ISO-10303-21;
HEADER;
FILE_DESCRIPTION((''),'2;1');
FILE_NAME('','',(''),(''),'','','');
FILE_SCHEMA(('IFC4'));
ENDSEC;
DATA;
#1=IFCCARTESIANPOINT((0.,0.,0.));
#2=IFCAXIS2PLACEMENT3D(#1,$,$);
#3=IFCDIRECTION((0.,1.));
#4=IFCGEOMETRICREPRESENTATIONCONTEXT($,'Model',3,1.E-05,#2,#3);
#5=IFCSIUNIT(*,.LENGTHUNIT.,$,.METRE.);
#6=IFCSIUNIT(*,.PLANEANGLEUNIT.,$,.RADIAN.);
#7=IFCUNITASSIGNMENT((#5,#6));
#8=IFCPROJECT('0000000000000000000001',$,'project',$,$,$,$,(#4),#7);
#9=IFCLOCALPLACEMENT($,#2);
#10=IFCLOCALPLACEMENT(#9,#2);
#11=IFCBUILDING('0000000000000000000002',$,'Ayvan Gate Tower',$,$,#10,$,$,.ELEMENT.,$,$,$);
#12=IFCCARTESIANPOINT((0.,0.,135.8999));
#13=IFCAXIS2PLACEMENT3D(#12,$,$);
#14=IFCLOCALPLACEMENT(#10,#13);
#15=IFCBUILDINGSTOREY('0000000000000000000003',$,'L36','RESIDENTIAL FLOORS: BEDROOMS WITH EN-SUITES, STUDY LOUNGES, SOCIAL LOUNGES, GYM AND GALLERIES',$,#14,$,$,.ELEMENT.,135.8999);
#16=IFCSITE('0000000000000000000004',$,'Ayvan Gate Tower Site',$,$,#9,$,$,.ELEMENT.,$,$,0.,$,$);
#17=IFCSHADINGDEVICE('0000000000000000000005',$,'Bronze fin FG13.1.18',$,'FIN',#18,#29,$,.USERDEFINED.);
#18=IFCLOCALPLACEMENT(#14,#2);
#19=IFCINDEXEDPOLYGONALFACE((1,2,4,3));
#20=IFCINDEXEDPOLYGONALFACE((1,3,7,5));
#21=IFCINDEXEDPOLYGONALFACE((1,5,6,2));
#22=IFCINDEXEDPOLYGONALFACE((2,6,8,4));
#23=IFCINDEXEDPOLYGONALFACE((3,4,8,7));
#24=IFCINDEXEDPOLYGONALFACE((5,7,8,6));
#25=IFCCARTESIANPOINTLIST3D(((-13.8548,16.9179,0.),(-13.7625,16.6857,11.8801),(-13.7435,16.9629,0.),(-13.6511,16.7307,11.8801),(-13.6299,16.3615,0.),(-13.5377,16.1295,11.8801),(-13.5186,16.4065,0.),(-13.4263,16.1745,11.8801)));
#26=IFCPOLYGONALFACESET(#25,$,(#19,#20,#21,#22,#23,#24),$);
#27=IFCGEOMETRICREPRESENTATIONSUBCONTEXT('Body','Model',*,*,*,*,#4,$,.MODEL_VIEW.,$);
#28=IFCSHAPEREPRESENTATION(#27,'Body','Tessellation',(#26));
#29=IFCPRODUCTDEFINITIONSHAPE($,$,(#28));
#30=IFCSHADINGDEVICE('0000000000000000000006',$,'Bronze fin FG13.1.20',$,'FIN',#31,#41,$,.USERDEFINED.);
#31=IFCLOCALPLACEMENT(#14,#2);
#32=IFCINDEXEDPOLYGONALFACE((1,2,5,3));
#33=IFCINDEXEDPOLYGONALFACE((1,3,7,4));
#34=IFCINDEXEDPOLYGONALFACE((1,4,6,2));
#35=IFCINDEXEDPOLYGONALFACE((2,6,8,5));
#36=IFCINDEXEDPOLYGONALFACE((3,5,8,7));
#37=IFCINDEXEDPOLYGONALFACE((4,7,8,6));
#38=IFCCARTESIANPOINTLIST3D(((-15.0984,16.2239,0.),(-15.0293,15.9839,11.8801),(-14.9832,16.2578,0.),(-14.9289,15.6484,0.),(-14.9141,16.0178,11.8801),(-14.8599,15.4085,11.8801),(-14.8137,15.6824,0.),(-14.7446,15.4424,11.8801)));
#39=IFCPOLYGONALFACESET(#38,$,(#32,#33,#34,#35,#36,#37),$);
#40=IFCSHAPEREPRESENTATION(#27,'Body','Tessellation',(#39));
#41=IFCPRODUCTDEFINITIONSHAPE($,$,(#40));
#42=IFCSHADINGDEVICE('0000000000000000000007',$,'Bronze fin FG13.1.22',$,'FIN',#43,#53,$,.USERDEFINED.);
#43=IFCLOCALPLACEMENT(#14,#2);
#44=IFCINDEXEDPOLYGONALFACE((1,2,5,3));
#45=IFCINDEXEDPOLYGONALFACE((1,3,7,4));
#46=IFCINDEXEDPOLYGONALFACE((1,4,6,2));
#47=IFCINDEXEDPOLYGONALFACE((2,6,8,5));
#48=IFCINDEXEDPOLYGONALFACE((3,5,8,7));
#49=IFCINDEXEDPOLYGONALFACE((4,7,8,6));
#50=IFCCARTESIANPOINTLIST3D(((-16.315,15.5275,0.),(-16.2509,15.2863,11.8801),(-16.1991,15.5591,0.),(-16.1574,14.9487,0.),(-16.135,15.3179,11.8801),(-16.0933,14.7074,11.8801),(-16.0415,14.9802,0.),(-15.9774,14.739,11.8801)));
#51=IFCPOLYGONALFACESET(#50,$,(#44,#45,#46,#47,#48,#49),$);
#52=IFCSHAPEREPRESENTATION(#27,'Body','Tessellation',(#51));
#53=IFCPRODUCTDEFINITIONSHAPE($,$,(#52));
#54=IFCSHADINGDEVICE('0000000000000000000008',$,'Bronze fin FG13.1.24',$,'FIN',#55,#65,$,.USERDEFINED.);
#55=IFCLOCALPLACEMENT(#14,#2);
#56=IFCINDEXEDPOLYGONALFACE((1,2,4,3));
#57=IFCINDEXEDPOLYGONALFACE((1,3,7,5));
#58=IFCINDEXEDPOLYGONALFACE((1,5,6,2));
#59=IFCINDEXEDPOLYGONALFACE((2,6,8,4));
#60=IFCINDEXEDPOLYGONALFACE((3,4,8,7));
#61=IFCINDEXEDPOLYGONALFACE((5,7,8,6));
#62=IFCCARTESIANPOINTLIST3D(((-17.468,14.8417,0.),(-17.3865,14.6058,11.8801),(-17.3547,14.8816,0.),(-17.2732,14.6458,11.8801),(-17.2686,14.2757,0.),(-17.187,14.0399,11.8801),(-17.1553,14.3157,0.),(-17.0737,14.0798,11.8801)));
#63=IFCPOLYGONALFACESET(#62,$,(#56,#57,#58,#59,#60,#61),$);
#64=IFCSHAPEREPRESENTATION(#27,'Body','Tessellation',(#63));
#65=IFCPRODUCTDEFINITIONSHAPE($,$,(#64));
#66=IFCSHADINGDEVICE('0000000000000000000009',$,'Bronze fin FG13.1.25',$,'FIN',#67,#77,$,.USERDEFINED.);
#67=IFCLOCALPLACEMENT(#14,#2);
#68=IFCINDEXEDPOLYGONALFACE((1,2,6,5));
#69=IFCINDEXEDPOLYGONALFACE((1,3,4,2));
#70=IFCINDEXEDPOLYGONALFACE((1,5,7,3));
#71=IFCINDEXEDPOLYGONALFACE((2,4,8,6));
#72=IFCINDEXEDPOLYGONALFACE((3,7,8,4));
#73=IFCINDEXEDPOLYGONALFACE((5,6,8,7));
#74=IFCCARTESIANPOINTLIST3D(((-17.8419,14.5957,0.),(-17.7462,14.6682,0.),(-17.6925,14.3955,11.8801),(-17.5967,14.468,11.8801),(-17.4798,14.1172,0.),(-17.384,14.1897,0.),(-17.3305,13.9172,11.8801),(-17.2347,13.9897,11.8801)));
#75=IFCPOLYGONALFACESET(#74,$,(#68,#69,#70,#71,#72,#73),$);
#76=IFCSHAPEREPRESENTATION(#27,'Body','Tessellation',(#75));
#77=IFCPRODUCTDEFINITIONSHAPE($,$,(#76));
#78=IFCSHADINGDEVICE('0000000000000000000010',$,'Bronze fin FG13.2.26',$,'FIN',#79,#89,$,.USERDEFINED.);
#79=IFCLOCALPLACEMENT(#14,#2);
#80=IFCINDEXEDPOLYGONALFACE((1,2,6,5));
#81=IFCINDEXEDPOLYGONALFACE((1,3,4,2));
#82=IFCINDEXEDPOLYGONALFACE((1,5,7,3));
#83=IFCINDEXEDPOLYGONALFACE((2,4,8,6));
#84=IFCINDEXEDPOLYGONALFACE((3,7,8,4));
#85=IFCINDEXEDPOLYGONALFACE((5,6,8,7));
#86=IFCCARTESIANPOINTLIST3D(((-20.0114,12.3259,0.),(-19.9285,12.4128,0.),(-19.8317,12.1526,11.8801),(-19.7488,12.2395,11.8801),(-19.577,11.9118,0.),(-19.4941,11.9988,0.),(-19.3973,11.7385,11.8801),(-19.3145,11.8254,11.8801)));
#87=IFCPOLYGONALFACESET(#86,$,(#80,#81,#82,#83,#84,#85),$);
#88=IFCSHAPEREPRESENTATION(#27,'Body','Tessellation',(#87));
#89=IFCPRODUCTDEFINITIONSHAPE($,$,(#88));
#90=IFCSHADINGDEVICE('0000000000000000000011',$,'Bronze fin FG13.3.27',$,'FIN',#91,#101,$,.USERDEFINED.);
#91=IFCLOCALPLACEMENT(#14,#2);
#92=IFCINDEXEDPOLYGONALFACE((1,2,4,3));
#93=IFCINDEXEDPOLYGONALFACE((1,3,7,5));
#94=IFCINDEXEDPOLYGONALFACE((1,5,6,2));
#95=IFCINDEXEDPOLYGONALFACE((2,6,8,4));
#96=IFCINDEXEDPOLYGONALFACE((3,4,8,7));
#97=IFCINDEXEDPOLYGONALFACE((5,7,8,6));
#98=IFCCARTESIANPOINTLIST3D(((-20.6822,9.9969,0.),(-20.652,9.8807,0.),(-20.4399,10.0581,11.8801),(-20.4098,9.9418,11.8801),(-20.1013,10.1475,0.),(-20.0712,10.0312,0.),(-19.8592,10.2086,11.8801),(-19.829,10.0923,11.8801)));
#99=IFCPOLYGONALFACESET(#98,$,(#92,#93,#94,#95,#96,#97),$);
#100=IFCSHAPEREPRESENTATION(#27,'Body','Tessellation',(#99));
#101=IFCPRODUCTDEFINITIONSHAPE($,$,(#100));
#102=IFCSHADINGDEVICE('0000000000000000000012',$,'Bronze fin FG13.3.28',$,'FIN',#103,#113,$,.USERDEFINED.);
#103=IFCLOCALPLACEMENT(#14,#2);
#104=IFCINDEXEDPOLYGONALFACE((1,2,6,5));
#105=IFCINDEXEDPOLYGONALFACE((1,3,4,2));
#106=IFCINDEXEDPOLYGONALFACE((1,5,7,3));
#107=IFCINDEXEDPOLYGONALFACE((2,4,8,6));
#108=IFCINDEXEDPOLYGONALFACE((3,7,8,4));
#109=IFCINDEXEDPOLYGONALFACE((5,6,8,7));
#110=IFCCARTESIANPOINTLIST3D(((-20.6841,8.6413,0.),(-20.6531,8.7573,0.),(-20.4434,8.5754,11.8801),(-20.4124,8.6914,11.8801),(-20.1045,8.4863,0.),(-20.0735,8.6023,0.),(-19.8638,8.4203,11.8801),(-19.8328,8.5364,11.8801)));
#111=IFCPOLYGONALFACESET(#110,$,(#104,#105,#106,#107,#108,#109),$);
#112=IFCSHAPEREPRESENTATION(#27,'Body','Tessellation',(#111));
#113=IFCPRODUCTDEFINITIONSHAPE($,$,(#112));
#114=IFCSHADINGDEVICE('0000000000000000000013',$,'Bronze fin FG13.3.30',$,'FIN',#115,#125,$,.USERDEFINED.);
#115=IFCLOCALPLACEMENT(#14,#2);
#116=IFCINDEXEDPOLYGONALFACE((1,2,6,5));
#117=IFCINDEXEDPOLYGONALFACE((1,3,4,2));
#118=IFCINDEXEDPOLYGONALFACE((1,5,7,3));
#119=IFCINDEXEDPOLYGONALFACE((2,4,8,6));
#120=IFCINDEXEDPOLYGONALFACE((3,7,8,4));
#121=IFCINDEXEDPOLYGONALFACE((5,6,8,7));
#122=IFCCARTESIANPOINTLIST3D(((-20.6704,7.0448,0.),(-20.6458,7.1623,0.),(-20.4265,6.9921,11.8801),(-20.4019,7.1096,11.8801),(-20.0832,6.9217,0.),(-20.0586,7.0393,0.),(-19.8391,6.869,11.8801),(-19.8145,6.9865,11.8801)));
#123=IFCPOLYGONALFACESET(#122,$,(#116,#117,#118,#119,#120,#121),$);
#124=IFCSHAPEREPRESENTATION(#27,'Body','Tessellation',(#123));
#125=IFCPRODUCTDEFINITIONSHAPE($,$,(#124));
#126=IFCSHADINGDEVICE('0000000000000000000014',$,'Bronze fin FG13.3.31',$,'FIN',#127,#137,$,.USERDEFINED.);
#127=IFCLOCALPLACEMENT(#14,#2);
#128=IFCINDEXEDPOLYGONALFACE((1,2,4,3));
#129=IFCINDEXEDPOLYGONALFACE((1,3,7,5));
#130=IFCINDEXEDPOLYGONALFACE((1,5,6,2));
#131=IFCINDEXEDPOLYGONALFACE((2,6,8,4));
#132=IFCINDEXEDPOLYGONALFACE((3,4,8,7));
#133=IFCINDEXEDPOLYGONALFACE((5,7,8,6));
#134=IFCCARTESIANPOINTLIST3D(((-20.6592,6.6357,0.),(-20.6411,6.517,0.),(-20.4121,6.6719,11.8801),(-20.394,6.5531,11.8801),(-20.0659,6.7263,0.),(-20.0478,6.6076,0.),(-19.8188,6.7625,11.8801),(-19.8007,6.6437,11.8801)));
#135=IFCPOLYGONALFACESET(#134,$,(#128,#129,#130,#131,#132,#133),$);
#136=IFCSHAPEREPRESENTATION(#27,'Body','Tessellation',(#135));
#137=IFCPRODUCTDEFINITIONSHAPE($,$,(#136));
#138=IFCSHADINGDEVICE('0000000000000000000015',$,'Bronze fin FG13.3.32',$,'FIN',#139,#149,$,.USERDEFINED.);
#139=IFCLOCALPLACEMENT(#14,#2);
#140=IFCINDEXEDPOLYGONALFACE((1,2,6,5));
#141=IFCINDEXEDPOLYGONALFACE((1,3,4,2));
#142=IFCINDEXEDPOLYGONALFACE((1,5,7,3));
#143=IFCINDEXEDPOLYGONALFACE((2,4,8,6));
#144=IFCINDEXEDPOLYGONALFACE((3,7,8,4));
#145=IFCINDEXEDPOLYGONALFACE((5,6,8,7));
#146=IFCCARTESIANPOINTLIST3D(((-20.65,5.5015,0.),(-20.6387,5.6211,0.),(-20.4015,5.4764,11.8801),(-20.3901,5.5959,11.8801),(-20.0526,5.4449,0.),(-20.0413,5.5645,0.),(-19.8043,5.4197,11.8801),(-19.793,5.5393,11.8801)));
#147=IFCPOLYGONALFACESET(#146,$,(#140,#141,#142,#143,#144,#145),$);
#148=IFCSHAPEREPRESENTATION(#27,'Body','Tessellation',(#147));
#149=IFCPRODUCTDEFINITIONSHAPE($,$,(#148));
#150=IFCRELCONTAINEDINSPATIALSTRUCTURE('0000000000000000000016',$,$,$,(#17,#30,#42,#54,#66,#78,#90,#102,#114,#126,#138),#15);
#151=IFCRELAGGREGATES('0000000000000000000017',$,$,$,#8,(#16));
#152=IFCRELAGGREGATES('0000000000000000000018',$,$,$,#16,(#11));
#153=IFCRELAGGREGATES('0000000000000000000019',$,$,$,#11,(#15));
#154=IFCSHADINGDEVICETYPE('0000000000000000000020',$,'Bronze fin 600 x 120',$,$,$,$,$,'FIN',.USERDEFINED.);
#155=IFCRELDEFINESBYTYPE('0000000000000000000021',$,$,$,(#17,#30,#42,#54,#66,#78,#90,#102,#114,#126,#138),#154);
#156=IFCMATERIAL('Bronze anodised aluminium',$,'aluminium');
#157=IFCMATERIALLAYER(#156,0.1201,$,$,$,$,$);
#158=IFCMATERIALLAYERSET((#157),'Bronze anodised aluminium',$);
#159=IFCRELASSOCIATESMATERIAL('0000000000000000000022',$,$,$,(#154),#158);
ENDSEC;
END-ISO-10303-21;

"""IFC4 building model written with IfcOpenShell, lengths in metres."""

from ifc_helpers import new_model, si_unit, direction, frame, origin, place, context, subcontext, project, spatial, polyline, outline, extrude, material, layer, layer_set, type_object, element, save


model = new_model("IFC4")

# Units and contexts
model_context = context("Model", 3, precision=1e-05, world=origin(), true_north=direction((0.0, 1.0)))
body_context = subcontext(model_context, "Body", "Model", "MODEL_VIEW")
ifc_project = project(units=[si_unit("LENGTHUNIT", "METRE"), si_unit("PLANEANGLEUNIT", "RADIAN")], contexts=[model_context])

# Site, building, storey
site_placement = place(None, origin())
site = spatial("IfcSite", under=ifc_project, at=site_placement, Name="Ayvan Gate Tower Site", CompositionType="ELEMENT", RefElevation=0.0)
building_placement = place(site_placement, origin())
building = spatial("IfcBuilding", under=site, at=building_placement, Name="Ayvan Gate Tower", CompositionType="ELEMENT")
storey_placement = place(building_placement, frame((0.0, 0.0, 135.8999)))
storey = spatial("IfcBuildingStorey", under=building, at=storey_placement, Name="L36", Description="RESIDENTIAL FLOORS: BEDROOMS WITH EN-SUITES, STUDY LOUNGES, SOCIAL LOUNGES, GYM AND GALLERIES", CompositionType="ELEMENT", Elevation=135.8999)

# Shared definitions
ifc_material_1 = material(Name="Bronze anodised aluminium", Category="aluminium")

# Shading devices
ifc_layer_1 = layer(ifc_material_1, 0.1201)
ifc_layer_set_1 = layer_set([ifc_layer_1], Name="Bronze anodised aluminium")
shading_device_type = type_object("IfcShadingDeviceType", Name="Bronze fin 600 x 120", ElementType="FIN", PredefinedType="USERDEFINED", material=ifc_layer_set_1)
shading_device_1_placement = place(storey_placement, frame((-13.5186, 16.4065, 0.0), z_axis=(0.927124, 0.374756, 0.000118), x_axis=(-0.374756, 0.927124, 0.0)))
element("IfcShadingDevice", 1, at=shading_device_1_placement, inside=storey, type_object=shading_device_type, Name="Bronze fin FG13.1.18", ObjectType="FIN", PredefinedType="USERDEFINED", context=body_context, shape_type="SweptSolid", body=[
    extrude(outline(polyline([(0.0, 0.0), (0.6001, 0.0), (0.3503, 11.8801), (-0.2496, 11.8801), (0.0, 0.0)])), origin(), (0.0, 0.0, -1.0), 0.1201),
])
shading_device_2_placement = place(storey_placement, frame((-14.8137, 15.6824, 0.0), z_axis=(0.959281, 0.282453, 0.000127), x_axis=(-0.282453, 0.959281, 0.0)))
element("IfcShadingDevice", 2, at=shading_device_2_placement, inside=storey, type_object=shading_device_type, Name="Bronze fin FG13.1.20", ObjectType="FIN", PredefinedType="USERDEFINED", context=body_context, shape_type="SweptSolid", body=[
    extrude(outline(polyline([(0.0, 0.0), (0.5999, 0.0), (0.3501, 11.8801), (-0.2497, 11.8801), (0.0, 0.0)])), origin(), (0.0, 0.0, -1.0), 0.1201),
])
shading_device_3_placement = place(storey_placement, frame((-16.0415, 14.9802, 0.0), z_axis=(0.964881, 0.262687, 0.000129), x_axis=(-0.262687, 0.964881, 0.0)))
element("IfcShadingDevice", 3, at=shading_device_3_placement, inside=storey, type_object=shading_device_type, Name="Bronze fin FG13.1.22", ObjectType="FIN", PredefinedType="USERDEFINED", context=body_context, shape_type="SweptSolid", body=[
    extrude(outline(polyline([(0.0, 0.0), (0.5999, 0.0), (0.3504, 11.8801), (-0.2496, 11.8801), (0.0, 0.0)])), origin(), (0.0, 0.0, -1.0), 0.1201),
])
shading_device_4_placement = place(storey_placement, frame((-17.1553, 14.3157, 0.0), z_axis=(0.943133, 0.332416, 0.000126), x_axis=(-0.332416, 0.943133, 0.0)))
element("IfcShadingDevice", 4, at=shading_device_4_placement, inside=storey, type_object=shading_device_type, Name="Bronze fin FG13.1.24", ObjectType="FIN", PredefinedType="USERDEFINED", context=body_context, shape_type="SweptSolid", body=[
    extrude(outline(polyline([(0.0, 0.0), (0.6, 0.0), (0.3505, 11.8801), (-0.2495, 11.8801), (0.0, 0.0)])), origin(), (0.0, 0.0, -1.0), 0.1201),
])
shading_device_5_placement = place(storey_placement, frame((-17.384, 14.1897, 0.0), z_axis=(0.79738, 0.603478, 0.000135), x_axis=(-0.603478, 0.79738, 0.0)))
element("IfcShadingDevice", 5, at=shading_device_5_placement, inside=storey, type_object=shading_device_type, Name="Bronze fin FG13.1.25", ObjectType="FIN", PredefinedType="USERDEFINED", context=body_context, shape_type="SweptSolid", body=[
    extrude(outline(polyline([(0.0, 0.0), (0.6001, 0.0), (0.3503, 11.8801), (-0.2496, 11.8801), (0.0, 0.0)])), origin(), (0.0, 0.0, -1.0), 0.1201),
])
shading_device_6_placement = place(storey_placement, frame((-19.4941, 11.9988, 0.0), z_axis=(0.690021, 0.72379, 0.000124), x_axis=(-0.72379, 0.690021, 0.0)))
element("IfcShadingDevice", 6, at=shading_device_6_placement, inside=storey, type_object=shading_device_type, Name="Bronze fin FG13.2.26", ObjectType="FIN", PredefinedType="USERDEFINED", context=body_context, shape_type="SweptSolid", body=[
    extrude(outline(polyline([(0.0, 0.0), (0.6001, 0.0), (0.3504, 11.8801), (-0.2497, 11.8801), (0.0, 0.0)])), origin(), (0.0, 0.0, -1.0), 0.1201),
])
shading_device_7_placement = place(storey_placement, frame((-20.1013, 10.1475, 0.0), z_axis=(-0.250856, 0.968024, 0.000131), x_axis=(-0.968024, -0.250856, 0.0)))
element("IfcShadingDevice", 7, at=shading_device_7_placement, inside=storey, type_object=shading_device_type, Name="Bronze fin FG13.3.27", ObjectType="FIN", PredefinedType="USERDEFINED", context=body_context, shape_type="SweptSolid", body=[
    extrude(outline(polyline([(0.0, 0.0), (0.6, 0.0), (0.3502, 11.8801), (-0.2498, 11.8801), (0.0, 0.0)])), origin(), (0.0, 0.0, -1.0), 0.1201),
])
shading_device_8_placement = place(storey_placement, frame((-20.0735, 8.6023, 0.0), z_axis=(0.258397, 0.966039, 0.000124), x_axis=(-0.966039, 0.258397, 0.0)))
element("IfcShadingDevice", 8, at=shading_device_8_placement, inside=storey, type_object=shading_device_type, Name="Bronze fin FG13.3.28", ObjectType="FIN", PredefinedType="USERDEFINED", context=body_context, shape_type="SweptSolid", body=[
    extrude(outline(polyline([(0.0, 0.0), (0.6, 0.0), (0.3504, 11.8801), (-0.2496, 11.8801), (0.0, 0.0)])), origin(), (0.0, 0.0, -1.0), 0.1201),
])
shading_device_9_placement = place(storey_placement, frame((-20.0586, 7.0393, 0.0), z_axis=(0.205067, 0.978748, 0.000132), x_axis=(-0.978748, 0.205067, 0.0)))
element("IfcShadingDevice", 9, at=shading_device_9_placement, inside=storey, type_object=shading_device_type, Name="Bronze fin FG13.3.30", ObjectType="FIN", PredefinedType="USERDEFINED", context=body_context, shape_type="SweptSolid", body=[
    extrude(outline(polyline([(0.0, 0.0), (0.5999, 0.0), (0.3504, 11.8801), (-0.2498, 11.8801), (0.0, 0.0)])), origin(), (0.0, 0.0, -1.0), 0.1201),
])
shading_device_10_placement = place(storey_placement, frame((-20.0659, 6.7263, 0.0), z_axis=(-0.150926, 0.988545, 0.000132), x_axis=(-0.988545, -0.150926, 0.0)))
element("IfcShadingDevice", 10, at=shading_device_10_placement, inside=storey, type_object=shading_device_type, Name="Bronze fin FG13.3.31", ObjectType="FIN", PredefinedType="USERDEFINED", context=body_context, shape_type="SweptSolid", body=[
    extrude(outline(polyline([(0.0, 0.0), (0.6001, 0.0), (0.3504, 11.8801), (-0.2497, 11.8801), (0.0, 0.0)])), origin(), (0.0, 0.0, -1.0), 0.1201),
])
shading_device_11_placement = place(storey_placement, frame((-20.0413, 5.5645, 0.0), z_axis=(0.094406, 0.995534, 0.000133), x_axis=(-0.995534, 0.094406, 0.0)))
element("IfcShadingDevice", 11, at=shading_device_11_placement, inside=storey, type_object=shading_device_type, Name="Bronze fin FG13.3.32", ObjectType="FIN", PredefinedType="USERDEFINED", context=body_context, shape_type="SweptSolid", body=[
    extrude(outline(polyline([(0.0, 0.0), (0.6001, 0.0), (0.3503, 11.8801), (-0.2496, 11.8801), (0.0, 0.0)])), origin(), (0.0, 0.0, -1.0), 0.1201),
])

save(model, "model.ifc")
